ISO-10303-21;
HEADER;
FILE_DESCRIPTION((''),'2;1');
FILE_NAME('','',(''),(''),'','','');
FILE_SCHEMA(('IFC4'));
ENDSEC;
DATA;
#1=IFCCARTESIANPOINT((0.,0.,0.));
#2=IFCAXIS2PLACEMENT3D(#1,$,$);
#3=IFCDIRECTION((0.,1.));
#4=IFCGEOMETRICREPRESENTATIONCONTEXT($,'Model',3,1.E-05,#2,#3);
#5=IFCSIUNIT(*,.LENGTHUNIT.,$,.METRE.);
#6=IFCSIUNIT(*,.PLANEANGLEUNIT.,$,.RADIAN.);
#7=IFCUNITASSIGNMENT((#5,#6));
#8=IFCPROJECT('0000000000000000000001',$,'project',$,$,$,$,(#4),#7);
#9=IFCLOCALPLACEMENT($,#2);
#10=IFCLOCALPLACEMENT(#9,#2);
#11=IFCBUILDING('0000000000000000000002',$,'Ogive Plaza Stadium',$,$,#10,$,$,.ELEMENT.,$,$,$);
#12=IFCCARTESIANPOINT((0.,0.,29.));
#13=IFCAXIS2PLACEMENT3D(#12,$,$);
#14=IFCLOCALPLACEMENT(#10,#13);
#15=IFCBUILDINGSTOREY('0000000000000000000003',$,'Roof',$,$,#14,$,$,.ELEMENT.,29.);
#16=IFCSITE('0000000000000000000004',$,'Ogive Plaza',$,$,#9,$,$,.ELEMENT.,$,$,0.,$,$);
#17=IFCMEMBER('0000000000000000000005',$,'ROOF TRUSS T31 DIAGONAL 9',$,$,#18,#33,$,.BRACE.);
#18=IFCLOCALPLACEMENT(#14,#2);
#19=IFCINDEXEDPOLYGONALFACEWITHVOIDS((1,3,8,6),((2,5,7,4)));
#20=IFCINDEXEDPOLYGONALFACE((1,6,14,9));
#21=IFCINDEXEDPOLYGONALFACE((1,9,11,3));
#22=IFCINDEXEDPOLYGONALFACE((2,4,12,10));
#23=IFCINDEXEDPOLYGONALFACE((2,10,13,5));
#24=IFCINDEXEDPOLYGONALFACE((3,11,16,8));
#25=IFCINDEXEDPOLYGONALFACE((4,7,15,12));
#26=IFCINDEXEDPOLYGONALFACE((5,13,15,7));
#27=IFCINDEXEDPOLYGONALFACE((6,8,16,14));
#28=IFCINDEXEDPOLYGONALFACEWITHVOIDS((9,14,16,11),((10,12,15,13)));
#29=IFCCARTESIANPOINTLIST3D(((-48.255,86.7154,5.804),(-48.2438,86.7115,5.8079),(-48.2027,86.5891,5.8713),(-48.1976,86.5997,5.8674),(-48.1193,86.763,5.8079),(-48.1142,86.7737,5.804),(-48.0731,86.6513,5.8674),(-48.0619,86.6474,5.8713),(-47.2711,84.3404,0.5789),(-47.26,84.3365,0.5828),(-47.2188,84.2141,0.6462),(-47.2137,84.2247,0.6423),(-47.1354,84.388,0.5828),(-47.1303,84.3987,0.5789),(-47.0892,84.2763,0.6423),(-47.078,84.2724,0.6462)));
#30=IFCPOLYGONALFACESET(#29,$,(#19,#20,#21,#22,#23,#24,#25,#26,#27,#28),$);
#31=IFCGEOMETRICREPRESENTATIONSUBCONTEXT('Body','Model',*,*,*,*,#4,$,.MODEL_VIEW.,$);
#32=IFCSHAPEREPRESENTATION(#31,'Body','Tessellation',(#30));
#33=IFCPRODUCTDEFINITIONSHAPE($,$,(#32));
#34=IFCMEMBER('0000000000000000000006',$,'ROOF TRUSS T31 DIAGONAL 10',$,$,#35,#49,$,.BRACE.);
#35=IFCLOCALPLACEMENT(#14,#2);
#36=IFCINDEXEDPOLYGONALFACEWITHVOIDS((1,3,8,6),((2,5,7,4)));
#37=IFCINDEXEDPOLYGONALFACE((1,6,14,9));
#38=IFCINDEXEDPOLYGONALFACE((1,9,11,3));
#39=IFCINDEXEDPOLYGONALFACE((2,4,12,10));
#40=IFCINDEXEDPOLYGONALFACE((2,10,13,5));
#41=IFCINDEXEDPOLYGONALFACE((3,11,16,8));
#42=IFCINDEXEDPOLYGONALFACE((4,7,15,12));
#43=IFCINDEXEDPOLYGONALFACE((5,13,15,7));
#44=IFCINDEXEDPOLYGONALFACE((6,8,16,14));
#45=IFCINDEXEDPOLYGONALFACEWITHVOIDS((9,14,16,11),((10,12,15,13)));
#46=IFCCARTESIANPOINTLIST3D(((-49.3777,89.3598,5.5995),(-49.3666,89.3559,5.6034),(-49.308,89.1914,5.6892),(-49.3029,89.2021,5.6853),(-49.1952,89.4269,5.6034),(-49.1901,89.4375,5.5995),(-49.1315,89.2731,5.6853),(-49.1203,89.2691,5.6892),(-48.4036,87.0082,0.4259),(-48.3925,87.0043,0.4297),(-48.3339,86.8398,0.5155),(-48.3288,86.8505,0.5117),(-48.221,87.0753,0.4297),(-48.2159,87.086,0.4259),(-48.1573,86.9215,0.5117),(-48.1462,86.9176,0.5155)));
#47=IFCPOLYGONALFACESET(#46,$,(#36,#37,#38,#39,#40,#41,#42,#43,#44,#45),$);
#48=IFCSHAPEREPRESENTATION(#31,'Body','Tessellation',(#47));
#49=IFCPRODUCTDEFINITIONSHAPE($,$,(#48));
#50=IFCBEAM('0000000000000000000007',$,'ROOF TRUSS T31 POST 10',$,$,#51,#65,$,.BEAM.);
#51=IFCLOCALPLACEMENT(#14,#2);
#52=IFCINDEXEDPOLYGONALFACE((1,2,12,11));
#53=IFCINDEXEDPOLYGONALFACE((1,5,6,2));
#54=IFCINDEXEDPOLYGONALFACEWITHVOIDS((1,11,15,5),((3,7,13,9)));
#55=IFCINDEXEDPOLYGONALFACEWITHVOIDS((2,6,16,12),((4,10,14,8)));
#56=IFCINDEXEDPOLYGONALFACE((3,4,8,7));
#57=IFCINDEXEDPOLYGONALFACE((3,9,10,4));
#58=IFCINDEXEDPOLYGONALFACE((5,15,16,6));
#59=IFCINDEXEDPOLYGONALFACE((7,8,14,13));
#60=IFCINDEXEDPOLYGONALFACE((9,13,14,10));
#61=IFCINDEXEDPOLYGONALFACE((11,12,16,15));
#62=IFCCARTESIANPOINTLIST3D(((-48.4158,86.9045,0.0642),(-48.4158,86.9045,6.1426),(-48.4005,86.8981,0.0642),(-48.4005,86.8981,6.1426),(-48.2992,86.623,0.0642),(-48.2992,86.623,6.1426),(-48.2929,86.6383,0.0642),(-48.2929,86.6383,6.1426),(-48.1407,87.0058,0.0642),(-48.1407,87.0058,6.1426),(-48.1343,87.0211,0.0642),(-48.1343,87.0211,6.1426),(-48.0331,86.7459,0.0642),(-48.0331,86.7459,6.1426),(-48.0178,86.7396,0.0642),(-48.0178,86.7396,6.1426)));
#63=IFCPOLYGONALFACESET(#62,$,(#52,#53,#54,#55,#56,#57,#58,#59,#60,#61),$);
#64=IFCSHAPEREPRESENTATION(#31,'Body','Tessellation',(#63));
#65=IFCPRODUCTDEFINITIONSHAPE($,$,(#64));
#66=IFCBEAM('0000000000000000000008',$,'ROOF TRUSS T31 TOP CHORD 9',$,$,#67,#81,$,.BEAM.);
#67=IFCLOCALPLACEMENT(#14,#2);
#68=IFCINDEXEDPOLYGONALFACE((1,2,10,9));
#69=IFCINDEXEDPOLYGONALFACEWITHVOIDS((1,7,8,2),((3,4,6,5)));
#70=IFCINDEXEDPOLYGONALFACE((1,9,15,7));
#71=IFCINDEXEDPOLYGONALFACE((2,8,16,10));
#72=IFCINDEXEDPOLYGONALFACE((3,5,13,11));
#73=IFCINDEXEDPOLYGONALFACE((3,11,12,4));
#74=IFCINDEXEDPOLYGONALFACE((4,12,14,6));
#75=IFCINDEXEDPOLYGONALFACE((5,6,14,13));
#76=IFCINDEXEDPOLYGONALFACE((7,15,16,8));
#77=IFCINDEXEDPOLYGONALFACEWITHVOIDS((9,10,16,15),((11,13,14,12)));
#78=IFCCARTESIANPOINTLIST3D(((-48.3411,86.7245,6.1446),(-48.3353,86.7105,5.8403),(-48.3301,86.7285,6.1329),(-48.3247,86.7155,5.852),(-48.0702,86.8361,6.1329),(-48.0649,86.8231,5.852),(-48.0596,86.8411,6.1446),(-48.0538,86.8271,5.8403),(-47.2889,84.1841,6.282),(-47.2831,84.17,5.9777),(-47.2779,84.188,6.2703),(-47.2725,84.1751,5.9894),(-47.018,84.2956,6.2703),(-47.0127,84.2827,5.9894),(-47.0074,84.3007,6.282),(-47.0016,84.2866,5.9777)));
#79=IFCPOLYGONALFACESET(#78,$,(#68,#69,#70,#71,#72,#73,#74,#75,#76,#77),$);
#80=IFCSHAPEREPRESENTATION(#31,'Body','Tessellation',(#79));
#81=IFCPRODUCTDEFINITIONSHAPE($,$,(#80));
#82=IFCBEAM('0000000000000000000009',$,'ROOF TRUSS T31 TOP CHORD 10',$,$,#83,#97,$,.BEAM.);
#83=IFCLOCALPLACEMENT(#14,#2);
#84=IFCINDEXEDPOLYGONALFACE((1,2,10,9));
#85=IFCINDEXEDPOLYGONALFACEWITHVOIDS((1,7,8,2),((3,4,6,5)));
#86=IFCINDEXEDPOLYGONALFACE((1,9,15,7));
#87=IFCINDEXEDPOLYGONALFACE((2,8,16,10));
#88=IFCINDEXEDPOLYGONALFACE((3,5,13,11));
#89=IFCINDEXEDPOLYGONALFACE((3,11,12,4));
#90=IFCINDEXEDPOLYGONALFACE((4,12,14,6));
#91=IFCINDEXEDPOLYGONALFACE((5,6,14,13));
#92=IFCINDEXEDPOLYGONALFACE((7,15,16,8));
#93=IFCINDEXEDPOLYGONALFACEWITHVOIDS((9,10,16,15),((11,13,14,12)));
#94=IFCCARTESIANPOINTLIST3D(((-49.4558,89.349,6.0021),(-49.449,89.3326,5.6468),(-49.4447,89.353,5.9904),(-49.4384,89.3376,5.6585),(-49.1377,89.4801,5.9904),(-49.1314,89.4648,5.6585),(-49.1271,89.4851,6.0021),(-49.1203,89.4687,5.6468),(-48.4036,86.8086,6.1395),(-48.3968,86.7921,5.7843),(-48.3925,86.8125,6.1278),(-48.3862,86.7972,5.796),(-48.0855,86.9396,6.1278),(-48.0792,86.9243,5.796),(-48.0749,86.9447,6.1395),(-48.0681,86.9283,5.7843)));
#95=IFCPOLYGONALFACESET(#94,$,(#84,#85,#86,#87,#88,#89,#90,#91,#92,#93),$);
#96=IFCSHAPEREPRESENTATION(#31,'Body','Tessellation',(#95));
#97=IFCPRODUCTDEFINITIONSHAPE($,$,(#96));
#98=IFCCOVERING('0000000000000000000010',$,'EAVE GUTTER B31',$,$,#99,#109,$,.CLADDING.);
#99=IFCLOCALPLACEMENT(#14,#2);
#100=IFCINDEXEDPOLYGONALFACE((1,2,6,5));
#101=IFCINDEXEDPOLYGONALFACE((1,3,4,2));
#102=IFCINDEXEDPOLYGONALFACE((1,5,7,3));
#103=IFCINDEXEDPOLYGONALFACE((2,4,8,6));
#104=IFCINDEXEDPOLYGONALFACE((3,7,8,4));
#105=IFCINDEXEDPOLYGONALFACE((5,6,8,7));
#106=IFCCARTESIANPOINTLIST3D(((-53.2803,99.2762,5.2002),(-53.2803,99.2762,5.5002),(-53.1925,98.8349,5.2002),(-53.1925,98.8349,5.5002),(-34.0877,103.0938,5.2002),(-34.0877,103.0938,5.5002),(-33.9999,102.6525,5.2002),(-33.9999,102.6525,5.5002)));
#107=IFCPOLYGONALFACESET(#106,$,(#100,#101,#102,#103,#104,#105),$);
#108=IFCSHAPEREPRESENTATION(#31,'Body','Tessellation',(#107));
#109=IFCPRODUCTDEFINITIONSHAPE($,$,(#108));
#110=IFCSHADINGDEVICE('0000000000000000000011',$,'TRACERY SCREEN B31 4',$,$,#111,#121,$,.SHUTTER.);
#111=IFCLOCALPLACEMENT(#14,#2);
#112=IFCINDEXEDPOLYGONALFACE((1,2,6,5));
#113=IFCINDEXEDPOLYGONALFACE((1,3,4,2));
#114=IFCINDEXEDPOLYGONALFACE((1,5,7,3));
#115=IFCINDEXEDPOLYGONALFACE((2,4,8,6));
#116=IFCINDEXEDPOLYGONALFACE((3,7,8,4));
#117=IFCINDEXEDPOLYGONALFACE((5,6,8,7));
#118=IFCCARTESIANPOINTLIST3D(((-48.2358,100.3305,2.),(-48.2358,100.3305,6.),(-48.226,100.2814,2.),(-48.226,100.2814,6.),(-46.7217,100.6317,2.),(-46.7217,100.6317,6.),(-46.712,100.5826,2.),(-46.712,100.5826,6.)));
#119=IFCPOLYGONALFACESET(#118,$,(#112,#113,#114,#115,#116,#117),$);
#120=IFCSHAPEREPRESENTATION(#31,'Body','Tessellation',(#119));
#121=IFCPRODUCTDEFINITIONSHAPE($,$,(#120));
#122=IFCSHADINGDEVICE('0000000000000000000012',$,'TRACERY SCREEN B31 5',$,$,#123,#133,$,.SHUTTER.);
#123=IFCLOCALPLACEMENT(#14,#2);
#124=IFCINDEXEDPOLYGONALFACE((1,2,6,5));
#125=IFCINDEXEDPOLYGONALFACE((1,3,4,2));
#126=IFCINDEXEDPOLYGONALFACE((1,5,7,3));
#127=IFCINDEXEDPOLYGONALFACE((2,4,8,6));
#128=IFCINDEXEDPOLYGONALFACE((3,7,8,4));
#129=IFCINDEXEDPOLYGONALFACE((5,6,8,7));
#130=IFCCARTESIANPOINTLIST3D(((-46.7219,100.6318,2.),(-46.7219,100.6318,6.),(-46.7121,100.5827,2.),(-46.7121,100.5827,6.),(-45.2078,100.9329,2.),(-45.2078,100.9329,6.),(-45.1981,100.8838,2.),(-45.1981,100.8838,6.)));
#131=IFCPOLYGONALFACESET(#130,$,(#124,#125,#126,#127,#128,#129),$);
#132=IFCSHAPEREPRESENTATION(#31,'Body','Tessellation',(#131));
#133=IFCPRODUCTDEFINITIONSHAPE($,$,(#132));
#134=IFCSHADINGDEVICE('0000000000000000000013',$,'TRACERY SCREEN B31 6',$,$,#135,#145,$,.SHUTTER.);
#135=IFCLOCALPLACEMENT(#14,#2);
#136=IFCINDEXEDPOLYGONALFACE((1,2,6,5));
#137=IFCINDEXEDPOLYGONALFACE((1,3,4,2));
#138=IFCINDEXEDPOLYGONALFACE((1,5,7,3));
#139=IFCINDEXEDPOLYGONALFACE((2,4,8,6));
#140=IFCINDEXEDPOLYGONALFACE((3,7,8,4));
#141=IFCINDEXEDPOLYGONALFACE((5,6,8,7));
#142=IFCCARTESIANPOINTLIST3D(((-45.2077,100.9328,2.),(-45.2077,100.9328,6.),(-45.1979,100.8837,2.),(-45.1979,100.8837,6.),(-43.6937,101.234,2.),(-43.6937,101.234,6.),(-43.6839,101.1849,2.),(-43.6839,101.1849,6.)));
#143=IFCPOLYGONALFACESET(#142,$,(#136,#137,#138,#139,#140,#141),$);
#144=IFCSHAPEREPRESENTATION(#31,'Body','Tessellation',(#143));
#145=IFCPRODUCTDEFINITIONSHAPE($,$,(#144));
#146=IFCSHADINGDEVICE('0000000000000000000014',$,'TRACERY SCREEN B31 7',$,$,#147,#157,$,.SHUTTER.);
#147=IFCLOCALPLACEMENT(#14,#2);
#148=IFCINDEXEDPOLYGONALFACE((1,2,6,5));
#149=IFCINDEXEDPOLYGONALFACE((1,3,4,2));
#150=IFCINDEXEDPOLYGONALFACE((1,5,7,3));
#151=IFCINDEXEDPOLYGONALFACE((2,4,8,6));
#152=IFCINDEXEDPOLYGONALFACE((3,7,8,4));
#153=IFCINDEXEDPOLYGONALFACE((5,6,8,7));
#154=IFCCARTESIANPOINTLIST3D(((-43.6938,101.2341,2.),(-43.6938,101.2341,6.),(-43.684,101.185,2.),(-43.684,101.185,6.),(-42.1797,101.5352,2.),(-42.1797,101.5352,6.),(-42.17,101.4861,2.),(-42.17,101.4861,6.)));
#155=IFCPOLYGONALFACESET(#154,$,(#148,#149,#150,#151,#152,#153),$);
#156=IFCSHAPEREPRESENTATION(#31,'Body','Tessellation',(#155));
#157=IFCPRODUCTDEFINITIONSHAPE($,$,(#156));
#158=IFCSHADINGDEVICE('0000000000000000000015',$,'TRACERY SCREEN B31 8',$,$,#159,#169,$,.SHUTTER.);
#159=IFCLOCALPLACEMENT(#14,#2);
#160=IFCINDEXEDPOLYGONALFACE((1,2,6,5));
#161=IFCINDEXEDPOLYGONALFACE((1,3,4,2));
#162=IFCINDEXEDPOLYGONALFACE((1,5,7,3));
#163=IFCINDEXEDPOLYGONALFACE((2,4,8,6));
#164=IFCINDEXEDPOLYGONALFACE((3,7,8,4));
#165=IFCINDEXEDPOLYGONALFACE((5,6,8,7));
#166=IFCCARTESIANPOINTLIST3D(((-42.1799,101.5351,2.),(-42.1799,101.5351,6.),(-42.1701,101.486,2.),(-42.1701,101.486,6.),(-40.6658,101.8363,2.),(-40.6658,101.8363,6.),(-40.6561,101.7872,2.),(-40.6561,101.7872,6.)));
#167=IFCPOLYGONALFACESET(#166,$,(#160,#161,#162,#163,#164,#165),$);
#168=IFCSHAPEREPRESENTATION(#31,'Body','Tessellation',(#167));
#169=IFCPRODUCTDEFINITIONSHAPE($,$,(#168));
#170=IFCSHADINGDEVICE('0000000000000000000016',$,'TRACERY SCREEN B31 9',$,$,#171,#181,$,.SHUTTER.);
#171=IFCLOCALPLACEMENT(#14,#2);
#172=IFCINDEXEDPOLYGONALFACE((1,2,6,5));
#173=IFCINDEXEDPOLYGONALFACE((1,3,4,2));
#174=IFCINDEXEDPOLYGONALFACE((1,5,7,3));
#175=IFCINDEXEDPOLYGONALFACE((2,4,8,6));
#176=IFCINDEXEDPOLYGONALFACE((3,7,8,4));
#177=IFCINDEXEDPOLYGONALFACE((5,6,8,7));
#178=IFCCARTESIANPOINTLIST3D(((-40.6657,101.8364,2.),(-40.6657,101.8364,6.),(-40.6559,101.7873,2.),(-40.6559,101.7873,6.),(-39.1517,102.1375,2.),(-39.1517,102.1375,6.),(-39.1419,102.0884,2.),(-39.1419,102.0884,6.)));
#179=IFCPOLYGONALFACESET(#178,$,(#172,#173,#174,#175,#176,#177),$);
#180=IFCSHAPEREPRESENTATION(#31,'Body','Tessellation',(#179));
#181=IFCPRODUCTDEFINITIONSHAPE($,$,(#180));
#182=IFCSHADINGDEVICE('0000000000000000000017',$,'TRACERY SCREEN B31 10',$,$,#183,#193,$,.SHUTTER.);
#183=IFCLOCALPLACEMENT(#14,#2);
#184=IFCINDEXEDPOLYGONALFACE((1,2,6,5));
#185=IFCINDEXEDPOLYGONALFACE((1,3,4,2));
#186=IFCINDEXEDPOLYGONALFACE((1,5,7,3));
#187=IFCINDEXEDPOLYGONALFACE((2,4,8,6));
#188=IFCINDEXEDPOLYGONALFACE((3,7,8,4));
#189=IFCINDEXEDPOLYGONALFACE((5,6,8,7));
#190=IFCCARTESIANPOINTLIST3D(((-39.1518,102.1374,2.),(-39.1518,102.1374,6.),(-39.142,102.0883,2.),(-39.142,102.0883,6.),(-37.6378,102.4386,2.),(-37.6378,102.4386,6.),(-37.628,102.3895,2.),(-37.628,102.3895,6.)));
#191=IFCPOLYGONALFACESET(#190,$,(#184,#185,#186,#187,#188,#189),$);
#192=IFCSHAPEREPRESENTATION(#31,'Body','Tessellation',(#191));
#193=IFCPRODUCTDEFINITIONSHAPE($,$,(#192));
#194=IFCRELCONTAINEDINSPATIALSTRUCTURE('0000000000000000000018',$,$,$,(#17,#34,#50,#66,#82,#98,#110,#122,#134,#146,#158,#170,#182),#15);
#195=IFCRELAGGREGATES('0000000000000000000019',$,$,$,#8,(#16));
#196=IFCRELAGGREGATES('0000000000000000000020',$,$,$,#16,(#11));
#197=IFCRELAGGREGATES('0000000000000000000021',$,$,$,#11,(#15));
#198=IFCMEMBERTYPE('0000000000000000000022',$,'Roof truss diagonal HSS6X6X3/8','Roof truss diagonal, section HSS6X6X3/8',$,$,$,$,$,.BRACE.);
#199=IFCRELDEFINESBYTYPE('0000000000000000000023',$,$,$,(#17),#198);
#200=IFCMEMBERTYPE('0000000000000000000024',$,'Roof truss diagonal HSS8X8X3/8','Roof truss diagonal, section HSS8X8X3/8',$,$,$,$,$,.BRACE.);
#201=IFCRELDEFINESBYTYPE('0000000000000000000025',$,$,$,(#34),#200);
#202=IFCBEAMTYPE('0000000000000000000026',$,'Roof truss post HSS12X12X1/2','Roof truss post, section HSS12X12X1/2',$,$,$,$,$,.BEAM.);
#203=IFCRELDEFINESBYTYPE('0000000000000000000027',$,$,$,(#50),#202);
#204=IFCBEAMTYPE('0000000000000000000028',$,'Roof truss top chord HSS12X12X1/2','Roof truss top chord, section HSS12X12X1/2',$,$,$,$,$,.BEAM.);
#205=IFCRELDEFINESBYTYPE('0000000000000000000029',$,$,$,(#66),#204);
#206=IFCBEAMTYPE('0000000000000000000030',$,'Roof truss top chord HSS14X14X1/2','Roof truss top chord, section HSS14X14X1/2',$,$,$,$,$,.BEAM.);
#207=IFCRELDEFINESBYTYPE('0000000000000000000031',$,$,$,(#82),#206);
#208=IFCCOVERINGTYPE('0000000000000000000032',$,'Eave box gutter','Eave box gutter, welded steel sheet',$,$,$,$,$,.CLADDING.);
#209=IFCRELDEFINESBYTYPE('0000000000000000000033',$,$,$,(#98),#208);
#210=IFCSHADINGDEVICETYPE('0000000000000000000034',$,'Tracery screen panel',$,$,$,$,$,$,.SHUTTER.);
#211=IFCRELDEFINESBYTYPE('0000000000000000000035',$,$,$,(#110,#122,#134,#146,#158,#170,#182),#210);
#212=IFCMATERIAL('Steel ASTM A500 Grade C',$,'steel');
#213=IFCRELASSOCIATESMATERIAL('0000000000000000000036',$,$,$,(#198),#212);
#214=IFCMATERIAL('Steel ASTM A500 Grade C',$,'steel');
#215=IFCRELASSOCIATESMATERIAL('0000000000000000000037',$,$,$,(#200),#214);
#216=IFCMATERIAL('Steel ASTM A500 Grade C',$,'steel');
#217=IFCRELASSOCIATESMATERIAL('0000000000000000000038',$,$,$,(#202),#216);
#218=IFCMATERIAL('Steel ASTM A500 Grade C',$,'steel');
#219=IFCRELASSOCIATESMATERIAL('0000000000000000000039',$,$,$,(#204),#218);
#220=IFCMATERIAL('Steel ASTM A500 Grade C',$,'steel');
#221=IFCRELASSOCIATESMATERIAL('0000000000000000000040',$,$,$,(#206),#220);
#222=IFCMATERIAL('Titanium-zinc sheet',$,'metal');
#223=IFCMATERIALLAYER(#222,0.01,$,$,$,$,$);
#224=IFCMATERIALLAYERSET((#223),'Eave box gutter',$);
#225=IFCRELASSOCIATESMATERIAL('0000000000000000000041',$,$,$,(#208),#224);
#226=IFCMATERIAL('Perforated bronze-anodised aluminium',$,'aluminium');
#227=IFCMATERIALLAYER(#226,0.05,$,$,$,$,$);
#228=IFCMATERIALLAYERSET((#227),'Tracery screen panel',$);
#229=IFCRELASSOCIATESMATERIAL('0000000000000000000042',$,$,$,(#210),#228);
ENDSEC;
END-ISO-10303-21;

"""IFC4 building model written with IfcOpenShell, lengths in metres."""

from ifc_helpers import new_model, si_unit, direction, frame, origin, origin_2d, place, context, subcontext, project, spatial, rectangle, hollow_rectangle, extrude, material, layer, layer_set, material_profile, profile_set, type_object, element, save


model = new_model("IFC4")

# Units and contexts
model_context = context("Model", 3, precision=1e-05, world=origin(), true_north=direction((0.0, 1.0)))
body_context = subcontext(model_context, "Body", "Model", "MODEL_VIEW")
ifc_project = project(units=[si_unit("LENGTHUNIT", "METRE"), si_unit("PLANEANGLEUNIT", "RADIAN")], contexts=[model_context])

# Site, building, storey
site_placement = place(None, origin())
site = spatial("IfcSite", under=ifc_project, at=site_placement, Name="Ogive Plaza", CompositionType="ELEMENT", RefElevation=0.0)
building_placement = place(site_placement, origin())
building = spatial("IfcBuilding", under=site, at=building_placement, Name="Ogive Plaza Stadium", CompositionType="ELEMENT")
storey_placement = place(building_placement, frame((0.0, 0.0, 29.0)))
storey = spatial("IfcBuildingStorey", under=building, at=storey_placement, Name="Roof", CompositionType="ELEMENT", Elevation=29.0)

# Members
ifc_material_1 = material(Name="Steel ASTM A500 Grade C", Category="steel")
ifc_material_profile_1 = material_profile(ifc_material_1, hollow_rectangle(XDim=0.1523, YDim=0.1523, WallThickness=0.0088, at=origin_2d()), Name="HSS6X6X3/8")
ifc_profile_set_1 = profile_set([ifc_material_profile_1], Name="Steel ASTM A500 Grade C")
member_type_1 = type_object("IfcMemberType", Name="Roof truss diagonal HSS6X6X3/8", Description="Roof truss diagonal, section HSS6X6X3/8", PredefinedType="BRACE", material=ifc_profile_set_1)
member_1_placement = place(storey_placement, frame((-47.1746, 84.3064, 0.6125), z_axis=(-0.168958, 0.407847, 0.897281), x_axis=(-0.923862, -0.382726, 0.0)))
element("IfcMember", 1, at=member_1_placement, inside=storey, type_object=member_type_1, Name="ROOF TRUSS T31 DIAGONAL 9", PredefinedType="BRACE", context=body_context, shape_type="SweptSolid", body=[
    extrude(hollow_rectangle(XDim=0.1523, YDim=0.1523, WallThickness=0.0088, at=origin_2d()), origin(), (0.0, 0.0, 1.0), 5.8232),
])
ifc_material_2 = material(Name="Steel ASTM A500 Grade C", Category="steel")
ifc_material_profile_2 = material_profile(ifc_material_2, hollow_rectangle(XDim=0.2031, YDim=0.2031, WallThickness=0.0088, at=origin_2d()), Name="HSS8X8X3/8")
ifc_profile_set_2 = profile_set([ifc_material_profile_2], Name="Steel ASTM A500 Grade C")
member_type_2 = type_object("IfcMemberType", Name="Roof truss diagonal HSS8X8X3/8", Description="Roof truss diagonal, section HSS8X8X3/8", PredefinedType="BRACE", material=ifc_profile_set_2)
member_2_placement = place(storey_placement, frame((-48.2749, 86.9629, 0.4707), z_axis=(-0.168947, 0.407845, 0.897284), x_axis=(-0.92387, -0.382708, 0.0)))
element("IfcMember", 2, at=member_2_placement, inside=storey, type_object=member_type_2, Name="ROOF TRUSS T31 DIAGONAL 10", PredefinedType="BRACE", context=body_context, shape_type="SweptSolid", body=[
    extrude(hollow_rectangle(XDim=0.2031, YDim=0.2031, WallThickness=0.0088, at=origin_2d()), origin(), (0.0, 0.0, 1.0), 5.7659),
])

# Beams
ifc_material_3 = material(Name="Steel ASTM A500 Grade C", Category="steel")
ifc_material_profile_3 = material_profile(ifc_material_3, hollow_rectangle(XDim=0.3047, YDim=0.3047, WallThickness=0.0117, at=origin_2d()), Name="HSS12X12X1/2")
ifc_profile_set_3 = profile_set([ifc_material_profile_3], Name="Steel ASTM A500 Grade C")
beam_type_1 = type_object("IfcBeamType", Name="Roof truss post HSS12X12X1/2", Description="Roof truss post, section HSS12X12X1/2", PredefinedType="BEAM", material=ifc_profile_set_3)
beam_1_placement = place(storey_placement, frame((-48.2168, 86.822, 0.0642), z_axis=(0.0, 0.0, 1.0), x_axis=(-0.92388, -0.382683, 0.0)))
element("IfcBeam", 3, at=beam_1_placement, inside=storey, type_object=beam_type_1, Name="ROOF TRUSS T31 POST 10", PredefinedType="BEAM", context=body_context, shape_type="SweptSolid", body=[
    extrude(hollow_rectangle(XDim=0.3047, YDim=0.3047, WallThickness=0.0117, at=origin_2d()), origin(), (0.0, 0.0, 1.0), 6.0784),
])
ifc_material_4 = material(Name="Steel ASTM A500 Grade C", Category="steel")
ifc_material_profile_4 = material_profile(ifc_material_4, hollow_rectangle(XDim=0.3047, YDim=0.3047, WallThickness=0.0117, at=origin_2d()), Name="HSS12X12X1/2")
ifc_profile_set_4 = profile_set([ifc_material_profile_4], Name="Steel ASTM A500 Grade C")
beam_type_2 = type_object("IfcBeamType", Name="Roof truss top chord HSS12X12X1/2", Description="Roof truss top chord, section HSS12X12X1/2", PredefinedType="BEAM", material=ifc_profile_set_4)
beam_2_placement = place(storey_placement, frame((-47.1453, 84.2354, 6.1299), z_axis=(-0.382183, 0.922737, -0.049923), x_axis=(-0.923889, -0.38266, 0.0)))
element("IfcBeam", 4, at=beam_2_placement, inside=storey, type_object=beam_type_2, Name="ROOF TRUSS T31 TOP CHORD 9", PredefinedType="BEAM", context=body_context, shape_type="SweptSolid", body=[
    extrude(hollow_rectangle(XDim=0.3047, YDim=0.3047, WallThickness=0.0117, at=origin_2d()), origin(), (0.0, 0.0, 1.0), 2.7532),
])
ifc_material_5 = material(Name="Steel ASTM A500 Grade C", Category="steel")
ifc_material_profile_5 = material_profile(ifc_material_5, hollow_rectangle(XDim=0.3557, YDim=0.3557, WallThickness=0.0117, at=origin_2d()), Name="HSS14X14X1/2")
ifc_profile_set_5 = profile_set([ifc_material_profile_5], Name="Steel ASTM A500 Grade C")
beam_type_3 = type_object("IfcBeamType", Name="Roof truss top chord HSS14X14X1/2", Description="Roof truss top chord, section HSS14X14X1/2", PredefinedType="BEAM", material=ifc_profile_set_5)
beam_3_placement = place(storey_placement, frame((-48.2358, 86.8684, 5.9619), z_axis=(-0.382183, 0.922737, -0.049923), x_axis=(-0.923889, -0.38266, 0.0)))
element("IfcBeam", 5, at=beam_3_placement, inside=storey, type_object=beam_type_3, Name="ROOF TRUSS T31 TOP CHORD 10", PredefinedType="BEAM", context=body_context, shape_type="SweptSolid", body=[
    extrude(hollow_rectangle(XDim=0.3557, YDim=0.3557, WallThickness=0.0117, at=origin_2d()), origin(), (0.0, 0.0, 1.0), 2.7532),
])

# Covering
ifc_material_6 = material(Name="Titanium-zinc sheet", Category="metal")
ifc_layer_1 = layer(ifc_material_6, 0.01)
ifc_layer_set_1 = layer_set([ifc_layer_1], Name="Eave box gutter")
covering_type = type_object("IfcCoveringType", Name="Eave box gutter", Description="Eave box gutter, welded steel sheet", PredefinedType="CLADDING", material=ifc_layer_set_1)
covering_placement = place(storey_placement, frame((-43.6401, 100.9644, 5.2002), z_axis=(0.0, 0.0, 1.0), x_axis=(0.980785, 0.19509, 0.0)))
element("IfcCovering", 6, at=covering_placement, inside=storey, type_object=covering_type, Name="EAVE GUTTER B31", PredefinedType="CLADDING", context=body_context, shape_type="SweptSolid", body=[
    extrude(rectangle(XDim=19.5686, YDim=0.45, at=origin_2d()), origin(), (0.0, 0.0, 1.0), 0.3),
])

# Shading devices
ifc_material_7 = material(Name="Perforated bronze-anodised aluminium", Category="aluminium")
ifc_layer_2 = layer(ifc_material_7, 0.05)
ifc_layer_set_2 = layer_set([ifc_layer_2], Name="Tracery screen panel")
shading_device_type = type_object("IfcShadingDeviceType", Name="Tracery screen panel", PredefinedType="SHUTTER", material=ifc_layer_set_2)
for number, where, z_axis, x_axis, name in (
    (7, (-47.4739, 100.4565, 2.0), (0.0, 0.0, 1.0), (0.980785, 0.19509, 0.0), "TRACERY SCREEN B31 4"),
    (8, (-45.96, 100.7578, 2.0), (0.0, 0.0, 1.0), (0.980785, 0.19509, 0.0), "TRACERY SCREEN B31 5"),
    (9, (-44.4458, 101.0588, 2.0), (0.0, 0.0, 1.0), (0.980785, 0.19509, 0.0), "TRACERY SCREEN B31 6"),
    (10, (-42.9319, 101.3601, 2.0), (0.0, 0.0, 1.0), (0.980785, 0.19509, 0.0), "TRACERY SCREEN B31 7"),
    (11, (-41.418, 101.6611, 2.0), (0.0, 0.0, 1.0), (0.980785, 0.19509, 0.0), "TRACERY SCREEN B31 8"),
    (12, (-39.9038, 101.9624, 2.0), (0.0, 0.0, 1.0), (0.980785, 0.19509, 0.0), "TRACERY SCREEN B31 9"),
    (13, (-38.3899, 102.2634, 2.0), (0.0, 0.0, 1.0), (0.980785, 0.19509, 0.0), "TRACERY SCREEN B31 10"),
):
    element("IfcShadingDevice", number, at=place(storey_placement, frame(where, z_axis=z_axis, x_axis=x_axis)), inside=storey, type_object=shading_device_type, Name=name, PredefinedType="SHUTTER", context=body_context, shape_type="SweptSolid", body=[
        extrude(rectangle(XDim=1.5437, YDim=0.05, at=origin_2d()), origin(), (0.0, 0.0, 1.0), 4.0),
    ])

save(model, "model.ifc")
